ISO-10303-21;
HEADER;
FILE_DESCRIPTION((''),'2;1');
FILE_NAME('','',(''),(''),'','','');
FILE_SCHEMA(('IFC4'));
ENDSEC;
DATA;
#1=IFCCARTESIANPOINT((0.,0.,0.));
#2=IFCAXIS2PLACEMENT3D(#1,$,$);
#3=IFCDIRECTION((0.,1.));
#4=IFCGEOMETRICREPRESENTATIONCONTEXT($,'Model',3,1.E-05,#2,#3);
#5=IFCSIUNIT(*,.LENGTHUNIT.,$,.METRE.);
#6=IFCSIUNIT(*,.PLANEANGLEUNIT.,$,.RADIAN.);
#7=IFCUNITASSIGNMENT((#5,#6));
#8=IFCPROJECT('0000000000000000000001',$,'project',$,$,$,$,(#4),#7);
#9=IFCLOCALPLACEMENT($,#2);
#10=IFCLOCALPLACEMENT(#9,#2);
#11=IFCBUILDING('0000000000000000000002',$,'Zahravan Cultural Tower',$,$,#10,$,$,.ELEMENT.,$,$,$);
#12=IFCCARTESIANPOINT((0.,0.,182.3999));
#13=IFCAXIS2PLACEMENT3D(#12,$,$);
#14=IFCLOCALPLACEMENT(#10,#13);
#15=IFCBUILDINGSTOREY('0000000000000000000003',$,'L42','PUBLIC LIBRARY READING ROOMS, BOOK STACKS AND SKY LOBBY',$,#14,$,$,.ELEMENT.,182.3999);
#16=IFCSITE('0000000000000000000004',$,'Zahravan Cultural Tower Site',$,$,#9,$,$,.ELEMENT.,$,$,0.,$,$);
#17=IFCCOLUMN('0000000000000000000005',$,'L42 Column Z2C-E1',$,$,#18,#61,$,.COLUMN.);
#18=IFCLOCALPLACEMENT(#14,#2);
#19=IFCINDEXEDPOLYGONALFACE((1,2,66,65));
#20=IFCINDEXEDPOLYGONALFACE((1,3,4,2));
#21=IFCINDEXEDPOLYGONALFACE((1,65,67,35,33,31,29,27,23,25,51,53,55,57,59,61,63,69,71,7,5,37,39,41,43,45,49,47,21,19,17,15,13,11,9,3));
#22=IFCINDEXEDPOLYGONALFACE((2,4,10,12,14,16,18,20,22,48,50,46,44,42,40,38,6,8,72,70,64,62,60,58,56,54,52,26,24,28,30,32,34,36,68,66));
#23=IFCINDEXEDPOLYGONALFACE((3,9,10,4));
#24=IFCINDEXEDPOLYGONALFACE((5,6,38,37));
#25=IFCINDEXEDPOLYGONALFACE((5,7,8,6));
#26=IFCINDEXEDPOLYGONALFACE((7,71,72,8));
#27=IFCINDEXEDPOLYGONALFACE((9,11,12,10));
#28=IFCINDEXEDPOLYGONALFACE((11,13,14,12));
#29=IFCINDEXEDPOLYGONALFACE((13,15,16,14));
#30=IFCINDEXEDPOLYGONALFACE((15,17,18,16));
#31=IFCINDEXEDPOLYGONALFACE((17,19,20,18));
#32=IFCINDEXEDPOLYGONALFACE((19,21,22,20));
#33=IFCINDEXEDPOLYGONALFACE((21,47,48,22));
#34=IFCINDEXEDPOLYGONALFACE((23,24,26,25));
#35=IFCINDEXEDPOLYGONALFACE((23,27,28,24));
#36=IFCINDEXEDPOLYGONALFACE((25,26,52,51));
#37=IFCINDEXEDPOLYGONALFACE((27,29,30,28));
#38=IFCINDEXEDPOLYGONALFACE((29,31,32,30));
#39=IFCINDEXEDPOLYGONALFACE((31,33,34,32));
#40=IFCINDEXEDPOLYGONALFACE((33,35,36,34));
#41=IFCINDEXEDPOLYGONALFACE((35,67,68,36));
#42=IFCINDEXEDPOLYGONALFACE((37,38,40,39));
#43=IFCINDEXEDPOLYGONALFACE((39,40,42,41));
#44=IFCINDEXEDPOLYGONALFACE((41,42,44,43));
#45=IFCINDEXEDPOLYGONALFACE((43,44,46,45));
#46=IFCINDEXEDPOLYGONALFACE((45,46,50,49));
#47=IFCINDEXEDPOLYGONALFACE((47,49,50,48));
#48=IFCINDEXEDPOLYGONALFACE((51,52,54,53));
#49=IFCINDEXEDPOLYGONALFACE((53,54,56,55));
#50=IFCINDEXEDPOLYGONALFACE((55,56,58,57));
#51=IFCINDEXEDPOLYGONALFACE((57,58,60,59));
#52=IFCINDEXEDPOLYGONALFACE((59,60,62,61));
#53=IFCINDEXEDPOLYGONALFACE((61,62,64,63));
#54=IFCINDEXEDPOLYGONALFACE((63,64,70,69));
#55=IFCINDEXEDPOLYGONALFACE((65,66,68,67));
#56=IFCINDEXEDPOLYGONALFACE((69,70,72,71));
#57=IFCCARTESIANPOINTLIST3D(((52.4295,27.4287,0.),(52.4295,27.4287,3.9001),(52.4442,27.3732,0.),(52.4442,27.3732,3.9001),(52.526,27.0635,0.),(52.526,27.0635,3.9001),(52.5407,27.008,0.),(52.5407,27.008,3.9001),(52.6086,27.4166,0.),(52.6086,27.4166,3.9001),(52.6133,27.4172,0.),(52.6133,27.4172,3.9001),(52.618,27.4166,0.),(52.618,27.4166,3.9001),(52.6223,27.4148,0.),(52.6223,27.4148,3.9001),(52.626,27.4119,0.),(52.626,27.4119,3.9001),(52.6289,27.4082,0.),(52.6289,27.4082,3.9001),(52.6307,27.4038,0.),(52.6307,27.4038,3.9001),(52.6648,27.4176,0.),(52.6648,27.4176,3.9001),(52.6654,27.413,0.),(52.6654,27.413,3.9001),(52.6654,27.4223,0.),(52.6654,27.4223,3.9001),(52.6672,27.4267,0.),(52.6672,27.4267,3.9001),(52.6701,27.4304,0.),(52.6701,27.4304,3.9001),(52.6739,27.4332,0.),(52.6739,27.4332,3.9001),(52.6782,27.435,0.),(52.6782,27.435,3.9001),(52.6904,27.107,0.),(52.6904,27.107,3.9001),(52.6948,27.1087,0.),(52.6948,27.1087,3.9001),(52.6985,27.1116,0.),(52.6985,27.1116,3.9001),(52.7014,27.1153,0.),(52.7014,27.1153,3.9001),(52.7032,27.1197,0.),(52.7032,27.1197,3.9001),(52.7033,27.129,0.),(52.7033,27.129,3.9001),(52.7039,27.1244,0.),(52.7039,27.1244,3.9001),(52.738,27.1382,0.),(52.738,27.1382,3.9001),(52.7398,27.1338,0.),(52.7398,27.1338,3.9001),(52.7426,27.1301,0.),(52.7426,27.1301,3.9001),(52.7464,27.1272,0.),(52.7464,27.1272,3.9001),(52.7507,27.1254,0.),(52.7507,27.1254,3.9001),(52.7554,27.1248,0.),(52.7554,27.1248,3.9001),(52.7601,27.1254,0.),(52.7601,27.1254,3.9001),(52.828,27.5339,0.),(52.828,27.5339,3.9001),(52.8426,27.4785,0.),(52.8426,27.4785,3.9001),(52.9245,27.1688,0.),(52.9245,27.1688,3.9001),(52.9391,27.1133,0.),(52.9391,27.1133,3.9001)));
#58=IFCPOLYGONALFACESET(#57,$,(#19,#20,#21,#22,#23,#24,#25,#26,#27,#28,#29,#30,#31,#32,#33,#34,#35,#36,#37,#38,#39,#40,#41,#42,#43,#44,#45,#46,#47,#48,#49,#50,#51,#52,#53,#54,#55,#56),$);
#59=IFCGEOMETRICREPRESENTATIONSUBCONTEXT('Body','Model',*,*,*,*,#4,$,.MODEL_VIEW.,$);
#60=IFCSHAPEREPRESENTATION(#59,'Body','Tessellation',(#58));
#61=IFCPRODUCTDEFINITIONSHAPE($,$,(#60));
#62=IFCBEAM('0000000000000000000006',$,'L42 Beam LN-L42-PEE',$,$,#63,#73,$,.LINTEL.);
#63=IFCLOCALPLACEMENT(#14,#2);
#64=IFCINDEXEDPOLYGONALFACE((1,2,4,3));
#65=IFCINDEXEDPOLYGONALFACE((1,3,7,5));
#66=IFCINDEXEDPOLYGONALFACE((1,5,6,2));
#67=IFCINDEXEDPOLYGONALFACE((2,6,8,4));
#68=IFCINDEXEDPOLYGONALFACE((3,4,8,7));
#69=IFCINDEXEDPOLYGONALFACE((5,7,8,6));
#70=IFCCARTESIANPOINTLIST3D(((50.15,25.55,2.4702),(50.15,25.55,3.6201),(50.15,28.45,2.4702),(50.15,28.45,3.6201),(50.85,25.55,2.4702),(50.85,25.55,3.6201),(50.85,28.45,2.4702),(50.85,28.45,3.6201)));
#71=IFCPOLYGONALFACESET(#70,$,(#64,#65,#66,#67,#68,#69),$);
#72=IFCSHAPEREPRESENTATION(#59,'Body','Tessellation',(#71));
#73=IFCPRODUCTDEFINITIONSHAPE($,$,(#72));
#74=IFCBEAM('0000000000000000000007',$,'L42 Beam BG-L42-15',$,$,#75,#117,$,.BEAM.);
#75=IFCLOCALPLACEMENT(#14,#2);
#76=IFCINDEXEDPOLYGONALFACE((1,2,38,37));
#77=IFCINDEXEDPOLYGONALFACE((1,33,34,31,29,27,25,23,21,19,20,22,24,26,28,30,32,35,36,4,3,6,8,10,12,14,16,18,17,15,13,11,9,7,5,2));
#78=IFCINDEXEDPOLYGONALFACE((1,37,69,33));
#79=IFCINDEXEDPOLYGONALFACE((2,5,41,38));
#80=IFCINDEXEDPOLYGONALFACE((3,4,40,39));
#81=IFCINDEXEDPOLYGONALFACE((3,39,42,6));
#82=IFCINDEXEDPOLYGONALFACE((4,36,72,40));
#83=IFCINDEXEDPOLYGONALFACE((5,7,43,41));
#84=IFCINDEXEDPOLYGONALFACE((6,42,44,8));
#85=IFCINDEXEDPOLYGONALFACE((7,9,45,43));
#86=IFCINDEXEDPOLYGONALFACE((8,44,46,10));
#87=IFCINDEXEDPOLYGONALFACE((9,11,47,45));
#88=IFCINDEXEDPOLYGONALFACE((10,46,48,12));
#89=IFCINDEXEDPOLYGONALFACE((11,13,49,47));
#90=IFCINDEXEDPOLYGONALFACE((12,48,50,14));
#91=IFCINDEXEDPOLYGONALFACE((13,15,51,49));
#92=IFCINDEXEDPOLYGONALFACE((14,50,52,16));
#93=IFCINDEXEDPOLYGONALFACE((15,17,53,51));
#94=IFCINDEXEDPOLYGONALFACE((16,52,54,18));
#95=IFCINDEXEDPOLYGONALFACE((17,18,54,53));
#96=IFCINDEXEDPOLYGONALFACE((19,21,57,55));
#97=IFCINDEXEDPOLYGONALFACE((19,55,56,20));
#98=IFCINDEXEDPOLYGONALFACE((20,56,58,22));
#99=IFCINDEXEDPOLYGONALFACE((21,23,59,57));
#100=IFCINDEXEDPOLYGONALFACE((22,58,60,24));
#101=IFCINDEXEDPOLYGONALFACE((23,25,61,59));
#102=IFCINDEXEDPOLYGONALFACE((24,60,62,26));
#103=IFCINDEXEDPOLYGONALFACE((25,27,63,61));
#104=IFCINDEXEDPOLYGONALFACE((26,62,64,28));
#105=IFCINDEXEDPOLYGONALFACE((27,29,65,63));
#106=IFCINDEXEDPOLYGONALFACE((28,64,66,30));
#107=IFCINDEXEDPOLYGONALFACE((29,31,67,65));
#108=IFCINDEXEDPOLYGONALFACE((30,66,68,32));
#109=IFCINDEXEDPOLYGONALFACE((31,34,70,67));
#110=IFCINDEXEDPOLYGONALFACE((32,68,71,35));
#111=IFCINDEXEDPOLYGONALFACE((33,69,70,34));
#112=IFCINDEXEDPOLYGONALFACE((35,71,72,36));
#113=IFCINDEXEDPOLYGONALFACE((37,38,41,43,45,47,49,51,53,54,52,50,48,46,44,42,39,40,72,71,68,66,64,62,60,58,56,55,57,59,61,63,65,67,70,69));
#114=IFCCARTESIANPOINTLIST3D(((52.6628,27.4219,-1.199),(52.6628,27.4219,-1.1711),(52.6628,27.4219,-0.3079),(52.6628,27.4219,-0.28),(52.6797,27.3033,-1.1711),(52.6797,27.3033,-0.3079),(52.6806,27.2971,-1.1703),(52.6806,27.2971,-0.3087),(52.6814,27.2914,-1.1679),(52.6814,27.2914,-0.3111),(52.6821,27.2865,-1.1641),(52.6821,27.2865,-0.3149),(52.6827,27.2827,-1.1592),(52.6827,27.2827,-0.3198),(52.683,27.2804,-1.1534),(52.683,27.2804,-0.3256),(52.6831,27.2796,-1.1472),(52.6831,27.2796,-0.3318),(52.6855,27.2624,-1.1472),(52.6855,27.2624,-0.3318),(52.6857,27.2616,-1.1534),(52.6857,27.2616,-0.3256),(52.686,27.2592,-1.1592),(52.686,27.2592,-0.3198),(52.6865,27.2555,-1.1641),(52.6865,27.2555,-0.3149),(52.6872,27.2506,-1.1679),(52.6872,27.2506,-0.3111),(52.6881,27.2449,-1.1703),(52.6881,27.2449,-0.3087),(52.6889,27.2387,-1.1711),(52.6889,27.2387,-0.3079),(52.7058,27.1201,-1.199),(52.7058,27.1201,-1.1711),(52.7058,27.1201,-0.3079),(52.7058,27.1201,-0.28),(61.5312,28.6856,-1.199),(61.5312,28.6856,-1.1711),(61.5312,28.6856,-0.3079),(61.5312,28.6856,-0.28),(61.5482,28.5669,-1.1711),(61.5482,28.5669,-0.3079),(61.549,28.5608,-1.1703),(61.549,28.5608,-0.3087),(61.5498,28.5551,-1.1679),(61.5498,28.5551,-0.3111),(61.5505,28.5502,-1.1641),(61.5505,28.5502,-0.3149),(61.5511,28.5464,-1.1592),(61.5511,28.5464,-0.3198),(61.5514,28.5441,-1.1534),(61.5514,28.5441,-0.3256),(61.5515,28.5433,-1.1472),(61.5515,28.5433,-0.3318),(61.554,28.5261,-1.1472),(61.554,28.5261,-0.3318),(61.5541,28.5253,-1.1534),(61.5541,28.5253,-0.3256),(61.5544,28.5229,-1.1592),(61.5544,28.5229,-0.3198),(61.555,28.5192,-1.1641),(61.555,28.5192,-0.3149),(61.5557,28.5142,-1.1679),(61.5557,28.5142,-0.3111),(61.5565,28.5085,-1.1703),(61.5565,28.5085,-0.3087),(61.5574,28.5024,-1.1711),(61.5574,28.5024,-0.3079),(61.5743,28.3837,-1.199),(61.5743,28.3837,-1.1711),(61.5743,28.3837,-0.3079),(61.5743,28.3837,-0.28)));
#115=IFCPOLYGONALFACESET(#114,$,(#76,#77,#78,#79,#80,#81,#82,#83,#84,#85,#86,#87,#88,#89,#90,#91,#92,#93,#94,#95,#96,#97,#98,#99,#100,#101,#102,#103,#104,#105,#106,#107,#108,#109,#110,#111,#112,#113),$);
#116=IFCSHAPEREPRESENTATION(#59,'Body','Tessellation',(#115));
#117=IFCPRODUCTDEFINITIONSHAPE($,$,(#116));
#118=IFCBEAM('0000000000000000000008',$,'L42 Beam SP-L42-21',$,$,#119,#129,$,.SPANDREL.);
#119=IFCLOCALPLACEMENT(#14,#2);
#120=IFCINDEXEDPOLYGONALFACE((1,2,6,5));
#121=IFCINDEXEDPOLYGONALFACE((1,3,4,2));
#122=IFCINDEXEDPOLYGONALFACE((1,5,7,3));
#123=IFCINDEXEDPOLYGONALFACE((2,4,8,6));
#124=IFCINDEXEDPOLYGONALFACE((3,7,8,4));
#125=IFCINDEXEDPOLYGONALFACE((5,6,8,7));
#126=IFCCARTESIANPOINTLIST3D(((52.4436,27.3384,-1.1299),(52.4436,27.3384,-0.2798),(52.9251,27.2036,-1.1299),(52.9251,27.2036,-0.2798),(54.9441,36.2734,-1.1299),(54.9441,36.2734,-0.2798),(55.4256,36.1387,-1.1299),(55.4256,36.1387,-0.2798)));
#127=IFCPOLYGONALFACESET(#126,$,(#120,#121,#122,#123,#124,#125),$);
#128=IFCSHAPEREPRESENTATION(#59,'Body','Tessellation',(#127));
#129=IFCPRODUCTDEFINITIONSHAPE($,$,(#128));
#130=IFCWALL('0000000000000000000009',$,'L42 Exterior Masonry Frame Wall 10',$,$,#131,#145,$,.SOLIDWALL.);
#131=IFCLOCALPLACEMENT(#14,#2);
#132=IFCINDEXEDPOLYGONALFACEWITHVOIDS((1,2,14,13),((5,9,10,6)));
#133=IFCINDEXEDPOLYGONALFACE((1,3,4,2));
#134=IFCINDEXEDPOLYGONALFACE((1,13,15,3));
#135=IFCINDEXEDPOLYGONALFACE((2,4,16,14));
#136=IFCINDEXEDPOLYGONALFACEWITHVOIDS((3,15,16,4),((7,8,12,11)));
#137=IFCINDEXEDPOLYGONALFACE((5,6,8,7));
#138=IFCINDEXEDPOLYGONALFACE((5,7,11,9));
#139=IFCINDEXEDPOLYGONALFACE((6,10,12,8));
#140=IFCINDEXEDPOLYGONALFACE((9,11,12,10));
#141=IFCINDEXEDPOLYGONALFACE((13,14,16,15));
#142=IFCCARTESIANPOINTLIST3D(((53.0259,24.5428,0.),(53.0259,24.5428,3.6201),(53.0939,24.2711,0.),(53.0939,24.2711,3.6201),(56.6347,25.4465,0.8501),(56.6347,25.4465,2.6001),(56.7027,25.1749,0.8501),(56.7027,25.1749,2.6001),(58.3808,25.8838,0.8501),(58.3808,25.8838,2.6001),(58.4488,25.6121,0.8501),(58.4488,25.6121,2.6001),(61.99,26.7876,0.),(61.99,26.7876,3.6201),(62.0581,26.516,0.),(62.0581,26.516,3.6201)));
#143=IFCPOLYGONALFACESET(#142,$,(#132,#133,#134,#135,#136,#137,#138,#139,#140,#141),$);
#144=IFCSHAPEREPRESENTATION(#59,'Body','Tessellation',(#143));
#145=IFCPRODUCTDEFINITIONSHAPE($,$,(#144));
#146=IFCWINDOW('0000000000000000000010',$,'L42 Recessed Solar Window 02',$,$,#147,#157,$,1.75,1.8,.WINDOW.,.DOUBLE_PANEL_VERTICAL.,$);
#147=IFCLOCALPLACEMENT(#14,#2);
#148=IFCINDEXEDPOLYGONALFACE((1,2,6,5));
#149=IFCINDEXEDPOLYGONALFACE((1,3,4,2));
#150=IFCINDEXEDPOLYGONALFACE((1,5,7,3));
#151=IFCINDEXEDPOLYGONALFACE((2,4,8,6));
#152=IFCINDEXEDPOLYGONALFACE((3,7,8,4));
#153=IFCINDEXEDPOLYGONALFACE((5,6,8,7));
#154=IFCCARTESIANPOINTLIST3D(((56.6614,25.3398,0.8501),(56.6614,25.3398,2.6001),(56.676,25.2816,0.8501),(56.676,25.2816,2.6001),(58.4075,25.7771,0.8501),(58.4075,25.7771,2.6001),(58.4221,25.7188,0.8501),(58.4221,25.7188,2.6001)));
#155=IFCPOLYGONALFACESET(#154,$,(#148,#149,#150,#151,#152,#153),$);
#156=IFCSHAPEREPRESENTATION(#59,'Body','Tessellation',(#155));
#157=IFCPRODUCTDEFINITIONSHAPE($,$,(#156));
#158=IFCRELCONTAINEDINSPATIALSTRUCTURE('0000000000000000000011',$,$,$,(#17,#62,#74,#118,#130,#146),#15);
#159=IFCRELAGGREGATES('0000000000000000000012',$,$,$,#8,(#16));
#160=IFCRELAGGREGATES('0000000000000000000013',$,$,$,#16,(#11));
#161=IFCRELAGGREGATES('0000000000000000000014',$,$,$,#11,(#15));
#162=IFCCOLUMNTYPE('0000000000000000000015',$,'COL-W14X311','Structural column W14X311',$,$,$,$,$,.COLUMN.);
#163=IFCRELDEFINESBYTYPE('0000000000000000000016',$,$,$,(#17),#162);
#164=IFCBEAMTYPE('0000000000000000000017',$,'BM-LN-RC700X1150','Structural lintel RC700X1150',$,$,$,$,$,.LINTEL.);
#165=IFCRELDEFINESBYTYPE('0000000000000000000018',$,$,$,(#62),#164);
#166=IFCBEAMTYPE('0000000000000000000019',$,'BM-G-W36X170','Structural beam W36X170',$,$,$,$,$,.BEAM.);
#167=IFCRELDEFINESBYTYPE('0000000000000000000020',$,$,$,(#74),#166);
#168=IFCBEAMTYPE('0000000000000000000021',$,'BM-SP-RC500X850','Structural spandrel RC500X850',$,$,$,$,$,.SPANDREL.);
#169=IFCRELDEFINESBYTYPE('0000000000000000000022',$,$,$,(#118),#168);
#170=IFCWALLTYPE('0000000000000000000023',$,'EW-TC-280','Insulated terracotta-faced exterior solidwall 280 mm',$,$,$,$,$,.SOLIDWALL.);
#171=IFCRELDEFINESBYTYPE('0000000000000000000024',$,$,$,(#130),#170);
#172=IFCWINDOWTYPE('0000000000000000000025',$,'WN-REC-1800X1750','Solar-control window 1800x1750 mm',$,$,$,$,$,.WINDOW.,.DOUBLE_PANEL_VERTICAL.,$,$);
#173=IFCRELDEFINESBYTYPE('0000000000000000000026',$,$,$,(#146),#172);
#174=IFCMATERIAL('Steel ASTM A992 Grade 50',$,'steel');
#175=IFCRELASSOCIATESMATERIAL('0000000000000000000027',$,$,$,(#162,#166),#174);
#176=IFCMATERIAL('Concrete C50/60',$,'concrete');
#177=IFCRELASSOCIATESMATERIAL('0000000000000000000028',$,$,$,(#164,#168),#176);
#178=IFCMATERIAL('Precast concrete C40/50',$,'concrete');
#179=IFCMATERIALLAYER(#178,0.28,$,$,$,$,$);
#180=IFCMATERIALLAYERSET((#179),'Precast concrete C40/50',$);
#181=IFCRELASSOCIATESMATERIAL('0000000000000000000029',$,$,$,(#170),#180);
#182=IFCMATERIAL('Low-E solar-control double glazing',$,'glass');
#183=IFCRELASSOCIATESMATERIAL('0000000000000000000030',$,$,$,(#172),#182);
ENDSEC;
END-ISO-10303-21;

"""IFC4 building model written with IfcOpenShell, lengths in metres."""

from ifc_helpers import new_model, si_unit, direction, frame, frame_2d, origin, origin_2d, place, context, subcontext, project, spatial, rectangle, i_section, extrude, source, transform, mapped, material, layer, layer_set, material_profile, profile_set, type_object, element, fill, save


model = new_model("IFC4")

# Units and contexts
model_context = context("Model", 3, precision=1e-05, world=origin(), true_north=direction((0.0, 1.0)))
body_context = subcontext(model_context, "Body", "Model", "MODEL_VIEW")
ifc_project = project(units=[si_unit("LENGTHUNIT", "METRE"), si_unit("PLANEANGLEUNIT", "RADIAN")], contexts=[model_context])

# Site, building, storey
site_placement = place(None, origin())
site = spatial("IfcSite", under=ifc_project, at=site_placement, Name="Zahravan Cultural Tower Site", CompositionType="ELEMENT", RefElevation=0.0)
building_placement = place(site_placement, origin())
building = spatial("IfcBuilding", under=site, at=building_placement, Name="Zahravan Cultural Tower", CompositionType="ELEMENT")
storey_placement = place(building_placement, frame((0.0, 0.0, 182.3999)))
storey = spatial("IfcBuildingStorey", under=building, at=storey_placement, Name="L42", Description="PUBLIC LIBRARY READING ROOMS, BOOK STACKS AND SKY LOBBY", CompositionType="ELEMENT", Elevation=182.3999)

# Column
ifc_material_1 = material(Name="Steel ASTM A992 Grade 50", Category="steel")
ifc_material_profile_1 = material_profile(ifc_material_1, i_section(OverallWidth=0.4121, OverallDepth=0.4351, WebThickness=0.0359, FlangeThickness=0.0574, FilletRadius=0.0181, at=origin_2d()), Name="W14X311")
ifc_profile_set_1 = profile_set([ifc_material_profile_1], Name="Steel ASTM A992 Grade 50")
column_type = type_object("IfcColumnType", Name="COL-W14X311", Description="Structural column W14X311", PredefinedType="COLUMN", material=ifc_profile_set_1)
shared_shape_1 = source(origin(), body_context, "Body", "SweptSolid", [
    extrude(i_section(OverallWidth=0.4121, OverallDepth=0.4351, WebThickness=0.0359, FlangeThickness=0.0574, FilletRadius=0.0181, at=origin_2d()), origin(), (0.0, 0.0, 1.0), 3.9001),
])
column_placement = place(storey_placement, frame((52.6843, 27.271, 0.0), z_axis=(0.0, 0.0, 1.0), x_axis=(0.966823, 0.255446, 0.0)))
element("IfcColumn", 1, at=column_placement, inside=storey, type_object=column_type, Name="L42 Column Z2C-E1", PredefinedType="COLUMN", context=body_context, shape_type="MappedRepresentation", body=[
    mapped(shared_shape_1, transform((0.0, 0.0, 0.0), x_axis=(1.0, 0.0, 0.0), y_axis=(0.0, 1.0, 0.0), z_axis=(0.0, 0.0, 1.0), scale=1.0)),
])

# Beams
ifc_material_2 = material(Name="Concrete C50/60", Category="concrete")
ifc_material_profile_2 = material_profile(ifc_material_2, rectangle(XDim=0.7, YDim=1.1499, at=origin_2d()), Name="RC700X1150")
ifc_profile_set_2 = profile_set([ifc_material_profile_2], Name="Concrete C50/60")
beam_type_1 = type_object("IfcBeamType", Name="BM-LN-RC700X1150", Description="Structural lintel RC700X1150", PredefinedType="LINTEL", material=ifc_profile_set_2)
shared_shape_2 = source(origin(), body_context, "Body", "SweptSolid", [
    extrude(rectangle(XDim=0.7, YDim=1.1499, at=origin_2d()), origin(), (0.0, 0.0, 1.0), 2.8999),
])
beam_1_placement = place(storey_placement, frame((50.5, 25.55, 3.0452), z_axis=(0.0, 1.0, 0.0), x_axis=(-1.0, 0.0, 0.0)))
element("IfcBeam", 2, at=beam_1_placement, inside=storey, type_object=beam_type_1, Name="L42 Beam LN-L42-PEE", PredefinedType="LINTEL", context=body_context, shape_type="MappedRepresentation", body=[
    mapped(shared_shape_2, transform((0.0, 0.0, 0.0), x_axis=(1.0, 0.0, 0.0), y_axis=(0.0, 1.0, 0.0), z_axis=(0.0, 0.0, 1.0), scale=1.0)),
])
ifc_material_profile_3 = material_profile(ifc_material_1, i_section(OverallWidth=0.3049, OverallDepth=0.9189, WebThickness=0.0173, FlangeThickness=0.0278, FilletRadius=0.0239, at=origin_2d()), Name="W36X170")
ifc_profile_set_3 = profile_set([ifc_material_profile_3], Name="Steel ASTM A992 Grade 50")
beam_type_2 = type_object("IfcBeamType", Name="BM-G-W36X170", Description="Structural beam W36X170", PredefinedType="BEAM", material=ifc_profile_set_3)
shared_shape_3 = source(origin(), body_context, "Body", "SweptSolid", [
    extrude(i_section(OverallWidth=0.3049, OverallDepth=0.9189, WebThickness=0.0173, FlangeThickness=0.0278, FilletRadius=0.0239, at=origin_2d()), origin(), (0.0, 0.0, 1.0), 8.958),
])
beam_2_placement = place(storey_placement, frame((52.6843, 27.271, -0.7395), z_axis=(0.99, 0.141067, 0.0), x_axis=(-0.141067, 0.99, 0.0)))
element("IfcBeam", 3, at=beam_2_placement, inside=storey, type_object=beam_type_2, Name="L42 Beam BG-L42-15", PredefinedType="BEAM", context=body_context, shape_type="MappedRepresentation", body=[
    mapped(shared_shape_3, transform((0.0, 0.0, 0.0), x_axis=(1.0, 0.0, 0.0), y_axis=(0.0, 1.0, 0.0), z_axis=(0.0, 0.0, 1.0), scale=1.0)),
])
ifc_material_profile_4 = material_profile(ifc_material_2, rectangle(XDim=0.5, YDim=0.8501, at=origin_2d()), Name="RC500X850")
ifc_profile_set_4 = profile_set([ifc_material_profile_4], Name="Concrete C50/60")
beam_type_3 = type_object("IfcBeamType", Name="BM-SP-RC500X850", Description="Structural spandrel RC500X850", PredefinedType="SPANDREL", material=ifc_profile_set_4)
shared_shape_4 = source(origin(), body_context, "Body", "SweptSolid", [
    extrude(rectangle(XDim=0.5, YDim=0.8501, at=origin_2d()), origin(), (0.0, 0.0, 1.0), 9.2783),
])
beam_3_placement = place(storey_placement, frame((52.6843, 27.271, -0.7048), z_axis=(0.269497, 0.963001, 0.0), x_axis=(-0.963001, 0.269497, 0.0)))
element("IfcBeam", 4, at=beam_3_placement, inside=storey, type_object=beam_type_3, Name="L42 Beam SP-L42-21", PredefinedType="SPANDREL", context=body_context, shape_type="MappedRepresentation", body=[
    mapped(shared_shape_4, transform((0.0, 0.0, 0.0), x_axis=(1.0, 0.0, 0.0), y_axis=(0.0, 1.0, 0.0), z_axis=(0.0, 0.0, 1.0), scale=1.0)),
])

# Wall, opening, window
ifc_material_3 = material(Name="Precast concrete C40/50", Category="concrete")
ifc_layer_1 = layer(ifc_material_3, 0.28)
ifc_layer_set_1 = layer_set([ifc_layer_1], Name="Precast concrete C40/50")
wall_type_1 = type_object("IfcWallType", Name="EW-TC-280", Description="Insulated terracotta-faced exterior solidwall 280 mm", PredefinedType="SOLIDWALL", material=ifc_layer_set_1)
wall_1_placement = place(storey_placement, frame((62.0242, 26.6519, 0.0), z_axis=(0.0, 0.0, 1.0), x_axis=(-0.970045, -0.242927, 0.0)))
wall_1 = element("IfcWall", 5, at=wall_1_placement, inside=storey, type_object=wall_type_1, Name="L42 Exterior Masonry Frame Wall 10", PredefinedType="SOLIDWALL", context=body_context, shape_type="SweptSolid", body=[
    extrude(rectangle(XDim=9.241, YDim=0.28, at=frame_2d((4.6206, 0.0))), origin(), (0.0, 0.0, 1.0), 3.6201),
])
opening_placement = place(wall_1_placement, frame((3.7209, 0.0, 0.8501)))
opening = element("IfcOpeningElement", 6, at=opening_placement, cuts=wall_1, PredefinedType="OPENING", context=body_context, shape_type="SweptSolid", body=[
    extrude(rectangle(XDim=1.8, YDim=1.75, at=frame_2d((0.8999, 0.875))), frame((0.0, 0.1499, 0.0), z_axis=(0.0, -1.0, 0.0), x_axis=(1.0, 0.0, 0.0)), (0.0, 0.0, 1.0), 0.3),
])
ifc_material_4 = material(Name="Low-E solar-control double glazing", Category="glass")
window_type = type_object("IfcWindowType", Name="WN-REC-1800X1750", Description="Solar-control window 1800x1750 mm", PartitioningType="DOUBLE_PANEL_VERTICAL", PredefinedType="WINDOW", material=ifc_material_4)
shared_shape_5 = source(origin(), body_context, "Body", "SweptSolid", [
    extrude(rectangle(XDim=1.8, YDim=1.75, at=frame_2d((0.8999, 0.875))), frame((0.0, 0.03, 0.0), z_axis=(0.0, -1.0, 0.0), x_axis=(1.0, 0.0, 0.0)), (0.0, 0.0, 1.0), 0.0601),
])
window_placement = place(opening_placement, origin())
window = element("IfcWindow", 7, at=window_placement, inside=storey, type_object=window_type, Name="L42 Recessed Solar Window 02", OverallHeight=1.75, OverallWidth=1.8, PartitioningType="DOUBLE_PANEL_VERTICAL", PredefinedType="WINDOW", context=body_context, shape_type="MappedRepresentation", body=[
    mapped(shared_shape_5, transform((0.0, 0.0, 0.0), x_axis=(1.0, 0.0, 0.0), y_axis=(0.0, 1.0, 0.0), z_axis=(0.0, 0.0, 1.0), scale=1.0)),
])
fill(opening, window)

save(model, "model.ifc")
